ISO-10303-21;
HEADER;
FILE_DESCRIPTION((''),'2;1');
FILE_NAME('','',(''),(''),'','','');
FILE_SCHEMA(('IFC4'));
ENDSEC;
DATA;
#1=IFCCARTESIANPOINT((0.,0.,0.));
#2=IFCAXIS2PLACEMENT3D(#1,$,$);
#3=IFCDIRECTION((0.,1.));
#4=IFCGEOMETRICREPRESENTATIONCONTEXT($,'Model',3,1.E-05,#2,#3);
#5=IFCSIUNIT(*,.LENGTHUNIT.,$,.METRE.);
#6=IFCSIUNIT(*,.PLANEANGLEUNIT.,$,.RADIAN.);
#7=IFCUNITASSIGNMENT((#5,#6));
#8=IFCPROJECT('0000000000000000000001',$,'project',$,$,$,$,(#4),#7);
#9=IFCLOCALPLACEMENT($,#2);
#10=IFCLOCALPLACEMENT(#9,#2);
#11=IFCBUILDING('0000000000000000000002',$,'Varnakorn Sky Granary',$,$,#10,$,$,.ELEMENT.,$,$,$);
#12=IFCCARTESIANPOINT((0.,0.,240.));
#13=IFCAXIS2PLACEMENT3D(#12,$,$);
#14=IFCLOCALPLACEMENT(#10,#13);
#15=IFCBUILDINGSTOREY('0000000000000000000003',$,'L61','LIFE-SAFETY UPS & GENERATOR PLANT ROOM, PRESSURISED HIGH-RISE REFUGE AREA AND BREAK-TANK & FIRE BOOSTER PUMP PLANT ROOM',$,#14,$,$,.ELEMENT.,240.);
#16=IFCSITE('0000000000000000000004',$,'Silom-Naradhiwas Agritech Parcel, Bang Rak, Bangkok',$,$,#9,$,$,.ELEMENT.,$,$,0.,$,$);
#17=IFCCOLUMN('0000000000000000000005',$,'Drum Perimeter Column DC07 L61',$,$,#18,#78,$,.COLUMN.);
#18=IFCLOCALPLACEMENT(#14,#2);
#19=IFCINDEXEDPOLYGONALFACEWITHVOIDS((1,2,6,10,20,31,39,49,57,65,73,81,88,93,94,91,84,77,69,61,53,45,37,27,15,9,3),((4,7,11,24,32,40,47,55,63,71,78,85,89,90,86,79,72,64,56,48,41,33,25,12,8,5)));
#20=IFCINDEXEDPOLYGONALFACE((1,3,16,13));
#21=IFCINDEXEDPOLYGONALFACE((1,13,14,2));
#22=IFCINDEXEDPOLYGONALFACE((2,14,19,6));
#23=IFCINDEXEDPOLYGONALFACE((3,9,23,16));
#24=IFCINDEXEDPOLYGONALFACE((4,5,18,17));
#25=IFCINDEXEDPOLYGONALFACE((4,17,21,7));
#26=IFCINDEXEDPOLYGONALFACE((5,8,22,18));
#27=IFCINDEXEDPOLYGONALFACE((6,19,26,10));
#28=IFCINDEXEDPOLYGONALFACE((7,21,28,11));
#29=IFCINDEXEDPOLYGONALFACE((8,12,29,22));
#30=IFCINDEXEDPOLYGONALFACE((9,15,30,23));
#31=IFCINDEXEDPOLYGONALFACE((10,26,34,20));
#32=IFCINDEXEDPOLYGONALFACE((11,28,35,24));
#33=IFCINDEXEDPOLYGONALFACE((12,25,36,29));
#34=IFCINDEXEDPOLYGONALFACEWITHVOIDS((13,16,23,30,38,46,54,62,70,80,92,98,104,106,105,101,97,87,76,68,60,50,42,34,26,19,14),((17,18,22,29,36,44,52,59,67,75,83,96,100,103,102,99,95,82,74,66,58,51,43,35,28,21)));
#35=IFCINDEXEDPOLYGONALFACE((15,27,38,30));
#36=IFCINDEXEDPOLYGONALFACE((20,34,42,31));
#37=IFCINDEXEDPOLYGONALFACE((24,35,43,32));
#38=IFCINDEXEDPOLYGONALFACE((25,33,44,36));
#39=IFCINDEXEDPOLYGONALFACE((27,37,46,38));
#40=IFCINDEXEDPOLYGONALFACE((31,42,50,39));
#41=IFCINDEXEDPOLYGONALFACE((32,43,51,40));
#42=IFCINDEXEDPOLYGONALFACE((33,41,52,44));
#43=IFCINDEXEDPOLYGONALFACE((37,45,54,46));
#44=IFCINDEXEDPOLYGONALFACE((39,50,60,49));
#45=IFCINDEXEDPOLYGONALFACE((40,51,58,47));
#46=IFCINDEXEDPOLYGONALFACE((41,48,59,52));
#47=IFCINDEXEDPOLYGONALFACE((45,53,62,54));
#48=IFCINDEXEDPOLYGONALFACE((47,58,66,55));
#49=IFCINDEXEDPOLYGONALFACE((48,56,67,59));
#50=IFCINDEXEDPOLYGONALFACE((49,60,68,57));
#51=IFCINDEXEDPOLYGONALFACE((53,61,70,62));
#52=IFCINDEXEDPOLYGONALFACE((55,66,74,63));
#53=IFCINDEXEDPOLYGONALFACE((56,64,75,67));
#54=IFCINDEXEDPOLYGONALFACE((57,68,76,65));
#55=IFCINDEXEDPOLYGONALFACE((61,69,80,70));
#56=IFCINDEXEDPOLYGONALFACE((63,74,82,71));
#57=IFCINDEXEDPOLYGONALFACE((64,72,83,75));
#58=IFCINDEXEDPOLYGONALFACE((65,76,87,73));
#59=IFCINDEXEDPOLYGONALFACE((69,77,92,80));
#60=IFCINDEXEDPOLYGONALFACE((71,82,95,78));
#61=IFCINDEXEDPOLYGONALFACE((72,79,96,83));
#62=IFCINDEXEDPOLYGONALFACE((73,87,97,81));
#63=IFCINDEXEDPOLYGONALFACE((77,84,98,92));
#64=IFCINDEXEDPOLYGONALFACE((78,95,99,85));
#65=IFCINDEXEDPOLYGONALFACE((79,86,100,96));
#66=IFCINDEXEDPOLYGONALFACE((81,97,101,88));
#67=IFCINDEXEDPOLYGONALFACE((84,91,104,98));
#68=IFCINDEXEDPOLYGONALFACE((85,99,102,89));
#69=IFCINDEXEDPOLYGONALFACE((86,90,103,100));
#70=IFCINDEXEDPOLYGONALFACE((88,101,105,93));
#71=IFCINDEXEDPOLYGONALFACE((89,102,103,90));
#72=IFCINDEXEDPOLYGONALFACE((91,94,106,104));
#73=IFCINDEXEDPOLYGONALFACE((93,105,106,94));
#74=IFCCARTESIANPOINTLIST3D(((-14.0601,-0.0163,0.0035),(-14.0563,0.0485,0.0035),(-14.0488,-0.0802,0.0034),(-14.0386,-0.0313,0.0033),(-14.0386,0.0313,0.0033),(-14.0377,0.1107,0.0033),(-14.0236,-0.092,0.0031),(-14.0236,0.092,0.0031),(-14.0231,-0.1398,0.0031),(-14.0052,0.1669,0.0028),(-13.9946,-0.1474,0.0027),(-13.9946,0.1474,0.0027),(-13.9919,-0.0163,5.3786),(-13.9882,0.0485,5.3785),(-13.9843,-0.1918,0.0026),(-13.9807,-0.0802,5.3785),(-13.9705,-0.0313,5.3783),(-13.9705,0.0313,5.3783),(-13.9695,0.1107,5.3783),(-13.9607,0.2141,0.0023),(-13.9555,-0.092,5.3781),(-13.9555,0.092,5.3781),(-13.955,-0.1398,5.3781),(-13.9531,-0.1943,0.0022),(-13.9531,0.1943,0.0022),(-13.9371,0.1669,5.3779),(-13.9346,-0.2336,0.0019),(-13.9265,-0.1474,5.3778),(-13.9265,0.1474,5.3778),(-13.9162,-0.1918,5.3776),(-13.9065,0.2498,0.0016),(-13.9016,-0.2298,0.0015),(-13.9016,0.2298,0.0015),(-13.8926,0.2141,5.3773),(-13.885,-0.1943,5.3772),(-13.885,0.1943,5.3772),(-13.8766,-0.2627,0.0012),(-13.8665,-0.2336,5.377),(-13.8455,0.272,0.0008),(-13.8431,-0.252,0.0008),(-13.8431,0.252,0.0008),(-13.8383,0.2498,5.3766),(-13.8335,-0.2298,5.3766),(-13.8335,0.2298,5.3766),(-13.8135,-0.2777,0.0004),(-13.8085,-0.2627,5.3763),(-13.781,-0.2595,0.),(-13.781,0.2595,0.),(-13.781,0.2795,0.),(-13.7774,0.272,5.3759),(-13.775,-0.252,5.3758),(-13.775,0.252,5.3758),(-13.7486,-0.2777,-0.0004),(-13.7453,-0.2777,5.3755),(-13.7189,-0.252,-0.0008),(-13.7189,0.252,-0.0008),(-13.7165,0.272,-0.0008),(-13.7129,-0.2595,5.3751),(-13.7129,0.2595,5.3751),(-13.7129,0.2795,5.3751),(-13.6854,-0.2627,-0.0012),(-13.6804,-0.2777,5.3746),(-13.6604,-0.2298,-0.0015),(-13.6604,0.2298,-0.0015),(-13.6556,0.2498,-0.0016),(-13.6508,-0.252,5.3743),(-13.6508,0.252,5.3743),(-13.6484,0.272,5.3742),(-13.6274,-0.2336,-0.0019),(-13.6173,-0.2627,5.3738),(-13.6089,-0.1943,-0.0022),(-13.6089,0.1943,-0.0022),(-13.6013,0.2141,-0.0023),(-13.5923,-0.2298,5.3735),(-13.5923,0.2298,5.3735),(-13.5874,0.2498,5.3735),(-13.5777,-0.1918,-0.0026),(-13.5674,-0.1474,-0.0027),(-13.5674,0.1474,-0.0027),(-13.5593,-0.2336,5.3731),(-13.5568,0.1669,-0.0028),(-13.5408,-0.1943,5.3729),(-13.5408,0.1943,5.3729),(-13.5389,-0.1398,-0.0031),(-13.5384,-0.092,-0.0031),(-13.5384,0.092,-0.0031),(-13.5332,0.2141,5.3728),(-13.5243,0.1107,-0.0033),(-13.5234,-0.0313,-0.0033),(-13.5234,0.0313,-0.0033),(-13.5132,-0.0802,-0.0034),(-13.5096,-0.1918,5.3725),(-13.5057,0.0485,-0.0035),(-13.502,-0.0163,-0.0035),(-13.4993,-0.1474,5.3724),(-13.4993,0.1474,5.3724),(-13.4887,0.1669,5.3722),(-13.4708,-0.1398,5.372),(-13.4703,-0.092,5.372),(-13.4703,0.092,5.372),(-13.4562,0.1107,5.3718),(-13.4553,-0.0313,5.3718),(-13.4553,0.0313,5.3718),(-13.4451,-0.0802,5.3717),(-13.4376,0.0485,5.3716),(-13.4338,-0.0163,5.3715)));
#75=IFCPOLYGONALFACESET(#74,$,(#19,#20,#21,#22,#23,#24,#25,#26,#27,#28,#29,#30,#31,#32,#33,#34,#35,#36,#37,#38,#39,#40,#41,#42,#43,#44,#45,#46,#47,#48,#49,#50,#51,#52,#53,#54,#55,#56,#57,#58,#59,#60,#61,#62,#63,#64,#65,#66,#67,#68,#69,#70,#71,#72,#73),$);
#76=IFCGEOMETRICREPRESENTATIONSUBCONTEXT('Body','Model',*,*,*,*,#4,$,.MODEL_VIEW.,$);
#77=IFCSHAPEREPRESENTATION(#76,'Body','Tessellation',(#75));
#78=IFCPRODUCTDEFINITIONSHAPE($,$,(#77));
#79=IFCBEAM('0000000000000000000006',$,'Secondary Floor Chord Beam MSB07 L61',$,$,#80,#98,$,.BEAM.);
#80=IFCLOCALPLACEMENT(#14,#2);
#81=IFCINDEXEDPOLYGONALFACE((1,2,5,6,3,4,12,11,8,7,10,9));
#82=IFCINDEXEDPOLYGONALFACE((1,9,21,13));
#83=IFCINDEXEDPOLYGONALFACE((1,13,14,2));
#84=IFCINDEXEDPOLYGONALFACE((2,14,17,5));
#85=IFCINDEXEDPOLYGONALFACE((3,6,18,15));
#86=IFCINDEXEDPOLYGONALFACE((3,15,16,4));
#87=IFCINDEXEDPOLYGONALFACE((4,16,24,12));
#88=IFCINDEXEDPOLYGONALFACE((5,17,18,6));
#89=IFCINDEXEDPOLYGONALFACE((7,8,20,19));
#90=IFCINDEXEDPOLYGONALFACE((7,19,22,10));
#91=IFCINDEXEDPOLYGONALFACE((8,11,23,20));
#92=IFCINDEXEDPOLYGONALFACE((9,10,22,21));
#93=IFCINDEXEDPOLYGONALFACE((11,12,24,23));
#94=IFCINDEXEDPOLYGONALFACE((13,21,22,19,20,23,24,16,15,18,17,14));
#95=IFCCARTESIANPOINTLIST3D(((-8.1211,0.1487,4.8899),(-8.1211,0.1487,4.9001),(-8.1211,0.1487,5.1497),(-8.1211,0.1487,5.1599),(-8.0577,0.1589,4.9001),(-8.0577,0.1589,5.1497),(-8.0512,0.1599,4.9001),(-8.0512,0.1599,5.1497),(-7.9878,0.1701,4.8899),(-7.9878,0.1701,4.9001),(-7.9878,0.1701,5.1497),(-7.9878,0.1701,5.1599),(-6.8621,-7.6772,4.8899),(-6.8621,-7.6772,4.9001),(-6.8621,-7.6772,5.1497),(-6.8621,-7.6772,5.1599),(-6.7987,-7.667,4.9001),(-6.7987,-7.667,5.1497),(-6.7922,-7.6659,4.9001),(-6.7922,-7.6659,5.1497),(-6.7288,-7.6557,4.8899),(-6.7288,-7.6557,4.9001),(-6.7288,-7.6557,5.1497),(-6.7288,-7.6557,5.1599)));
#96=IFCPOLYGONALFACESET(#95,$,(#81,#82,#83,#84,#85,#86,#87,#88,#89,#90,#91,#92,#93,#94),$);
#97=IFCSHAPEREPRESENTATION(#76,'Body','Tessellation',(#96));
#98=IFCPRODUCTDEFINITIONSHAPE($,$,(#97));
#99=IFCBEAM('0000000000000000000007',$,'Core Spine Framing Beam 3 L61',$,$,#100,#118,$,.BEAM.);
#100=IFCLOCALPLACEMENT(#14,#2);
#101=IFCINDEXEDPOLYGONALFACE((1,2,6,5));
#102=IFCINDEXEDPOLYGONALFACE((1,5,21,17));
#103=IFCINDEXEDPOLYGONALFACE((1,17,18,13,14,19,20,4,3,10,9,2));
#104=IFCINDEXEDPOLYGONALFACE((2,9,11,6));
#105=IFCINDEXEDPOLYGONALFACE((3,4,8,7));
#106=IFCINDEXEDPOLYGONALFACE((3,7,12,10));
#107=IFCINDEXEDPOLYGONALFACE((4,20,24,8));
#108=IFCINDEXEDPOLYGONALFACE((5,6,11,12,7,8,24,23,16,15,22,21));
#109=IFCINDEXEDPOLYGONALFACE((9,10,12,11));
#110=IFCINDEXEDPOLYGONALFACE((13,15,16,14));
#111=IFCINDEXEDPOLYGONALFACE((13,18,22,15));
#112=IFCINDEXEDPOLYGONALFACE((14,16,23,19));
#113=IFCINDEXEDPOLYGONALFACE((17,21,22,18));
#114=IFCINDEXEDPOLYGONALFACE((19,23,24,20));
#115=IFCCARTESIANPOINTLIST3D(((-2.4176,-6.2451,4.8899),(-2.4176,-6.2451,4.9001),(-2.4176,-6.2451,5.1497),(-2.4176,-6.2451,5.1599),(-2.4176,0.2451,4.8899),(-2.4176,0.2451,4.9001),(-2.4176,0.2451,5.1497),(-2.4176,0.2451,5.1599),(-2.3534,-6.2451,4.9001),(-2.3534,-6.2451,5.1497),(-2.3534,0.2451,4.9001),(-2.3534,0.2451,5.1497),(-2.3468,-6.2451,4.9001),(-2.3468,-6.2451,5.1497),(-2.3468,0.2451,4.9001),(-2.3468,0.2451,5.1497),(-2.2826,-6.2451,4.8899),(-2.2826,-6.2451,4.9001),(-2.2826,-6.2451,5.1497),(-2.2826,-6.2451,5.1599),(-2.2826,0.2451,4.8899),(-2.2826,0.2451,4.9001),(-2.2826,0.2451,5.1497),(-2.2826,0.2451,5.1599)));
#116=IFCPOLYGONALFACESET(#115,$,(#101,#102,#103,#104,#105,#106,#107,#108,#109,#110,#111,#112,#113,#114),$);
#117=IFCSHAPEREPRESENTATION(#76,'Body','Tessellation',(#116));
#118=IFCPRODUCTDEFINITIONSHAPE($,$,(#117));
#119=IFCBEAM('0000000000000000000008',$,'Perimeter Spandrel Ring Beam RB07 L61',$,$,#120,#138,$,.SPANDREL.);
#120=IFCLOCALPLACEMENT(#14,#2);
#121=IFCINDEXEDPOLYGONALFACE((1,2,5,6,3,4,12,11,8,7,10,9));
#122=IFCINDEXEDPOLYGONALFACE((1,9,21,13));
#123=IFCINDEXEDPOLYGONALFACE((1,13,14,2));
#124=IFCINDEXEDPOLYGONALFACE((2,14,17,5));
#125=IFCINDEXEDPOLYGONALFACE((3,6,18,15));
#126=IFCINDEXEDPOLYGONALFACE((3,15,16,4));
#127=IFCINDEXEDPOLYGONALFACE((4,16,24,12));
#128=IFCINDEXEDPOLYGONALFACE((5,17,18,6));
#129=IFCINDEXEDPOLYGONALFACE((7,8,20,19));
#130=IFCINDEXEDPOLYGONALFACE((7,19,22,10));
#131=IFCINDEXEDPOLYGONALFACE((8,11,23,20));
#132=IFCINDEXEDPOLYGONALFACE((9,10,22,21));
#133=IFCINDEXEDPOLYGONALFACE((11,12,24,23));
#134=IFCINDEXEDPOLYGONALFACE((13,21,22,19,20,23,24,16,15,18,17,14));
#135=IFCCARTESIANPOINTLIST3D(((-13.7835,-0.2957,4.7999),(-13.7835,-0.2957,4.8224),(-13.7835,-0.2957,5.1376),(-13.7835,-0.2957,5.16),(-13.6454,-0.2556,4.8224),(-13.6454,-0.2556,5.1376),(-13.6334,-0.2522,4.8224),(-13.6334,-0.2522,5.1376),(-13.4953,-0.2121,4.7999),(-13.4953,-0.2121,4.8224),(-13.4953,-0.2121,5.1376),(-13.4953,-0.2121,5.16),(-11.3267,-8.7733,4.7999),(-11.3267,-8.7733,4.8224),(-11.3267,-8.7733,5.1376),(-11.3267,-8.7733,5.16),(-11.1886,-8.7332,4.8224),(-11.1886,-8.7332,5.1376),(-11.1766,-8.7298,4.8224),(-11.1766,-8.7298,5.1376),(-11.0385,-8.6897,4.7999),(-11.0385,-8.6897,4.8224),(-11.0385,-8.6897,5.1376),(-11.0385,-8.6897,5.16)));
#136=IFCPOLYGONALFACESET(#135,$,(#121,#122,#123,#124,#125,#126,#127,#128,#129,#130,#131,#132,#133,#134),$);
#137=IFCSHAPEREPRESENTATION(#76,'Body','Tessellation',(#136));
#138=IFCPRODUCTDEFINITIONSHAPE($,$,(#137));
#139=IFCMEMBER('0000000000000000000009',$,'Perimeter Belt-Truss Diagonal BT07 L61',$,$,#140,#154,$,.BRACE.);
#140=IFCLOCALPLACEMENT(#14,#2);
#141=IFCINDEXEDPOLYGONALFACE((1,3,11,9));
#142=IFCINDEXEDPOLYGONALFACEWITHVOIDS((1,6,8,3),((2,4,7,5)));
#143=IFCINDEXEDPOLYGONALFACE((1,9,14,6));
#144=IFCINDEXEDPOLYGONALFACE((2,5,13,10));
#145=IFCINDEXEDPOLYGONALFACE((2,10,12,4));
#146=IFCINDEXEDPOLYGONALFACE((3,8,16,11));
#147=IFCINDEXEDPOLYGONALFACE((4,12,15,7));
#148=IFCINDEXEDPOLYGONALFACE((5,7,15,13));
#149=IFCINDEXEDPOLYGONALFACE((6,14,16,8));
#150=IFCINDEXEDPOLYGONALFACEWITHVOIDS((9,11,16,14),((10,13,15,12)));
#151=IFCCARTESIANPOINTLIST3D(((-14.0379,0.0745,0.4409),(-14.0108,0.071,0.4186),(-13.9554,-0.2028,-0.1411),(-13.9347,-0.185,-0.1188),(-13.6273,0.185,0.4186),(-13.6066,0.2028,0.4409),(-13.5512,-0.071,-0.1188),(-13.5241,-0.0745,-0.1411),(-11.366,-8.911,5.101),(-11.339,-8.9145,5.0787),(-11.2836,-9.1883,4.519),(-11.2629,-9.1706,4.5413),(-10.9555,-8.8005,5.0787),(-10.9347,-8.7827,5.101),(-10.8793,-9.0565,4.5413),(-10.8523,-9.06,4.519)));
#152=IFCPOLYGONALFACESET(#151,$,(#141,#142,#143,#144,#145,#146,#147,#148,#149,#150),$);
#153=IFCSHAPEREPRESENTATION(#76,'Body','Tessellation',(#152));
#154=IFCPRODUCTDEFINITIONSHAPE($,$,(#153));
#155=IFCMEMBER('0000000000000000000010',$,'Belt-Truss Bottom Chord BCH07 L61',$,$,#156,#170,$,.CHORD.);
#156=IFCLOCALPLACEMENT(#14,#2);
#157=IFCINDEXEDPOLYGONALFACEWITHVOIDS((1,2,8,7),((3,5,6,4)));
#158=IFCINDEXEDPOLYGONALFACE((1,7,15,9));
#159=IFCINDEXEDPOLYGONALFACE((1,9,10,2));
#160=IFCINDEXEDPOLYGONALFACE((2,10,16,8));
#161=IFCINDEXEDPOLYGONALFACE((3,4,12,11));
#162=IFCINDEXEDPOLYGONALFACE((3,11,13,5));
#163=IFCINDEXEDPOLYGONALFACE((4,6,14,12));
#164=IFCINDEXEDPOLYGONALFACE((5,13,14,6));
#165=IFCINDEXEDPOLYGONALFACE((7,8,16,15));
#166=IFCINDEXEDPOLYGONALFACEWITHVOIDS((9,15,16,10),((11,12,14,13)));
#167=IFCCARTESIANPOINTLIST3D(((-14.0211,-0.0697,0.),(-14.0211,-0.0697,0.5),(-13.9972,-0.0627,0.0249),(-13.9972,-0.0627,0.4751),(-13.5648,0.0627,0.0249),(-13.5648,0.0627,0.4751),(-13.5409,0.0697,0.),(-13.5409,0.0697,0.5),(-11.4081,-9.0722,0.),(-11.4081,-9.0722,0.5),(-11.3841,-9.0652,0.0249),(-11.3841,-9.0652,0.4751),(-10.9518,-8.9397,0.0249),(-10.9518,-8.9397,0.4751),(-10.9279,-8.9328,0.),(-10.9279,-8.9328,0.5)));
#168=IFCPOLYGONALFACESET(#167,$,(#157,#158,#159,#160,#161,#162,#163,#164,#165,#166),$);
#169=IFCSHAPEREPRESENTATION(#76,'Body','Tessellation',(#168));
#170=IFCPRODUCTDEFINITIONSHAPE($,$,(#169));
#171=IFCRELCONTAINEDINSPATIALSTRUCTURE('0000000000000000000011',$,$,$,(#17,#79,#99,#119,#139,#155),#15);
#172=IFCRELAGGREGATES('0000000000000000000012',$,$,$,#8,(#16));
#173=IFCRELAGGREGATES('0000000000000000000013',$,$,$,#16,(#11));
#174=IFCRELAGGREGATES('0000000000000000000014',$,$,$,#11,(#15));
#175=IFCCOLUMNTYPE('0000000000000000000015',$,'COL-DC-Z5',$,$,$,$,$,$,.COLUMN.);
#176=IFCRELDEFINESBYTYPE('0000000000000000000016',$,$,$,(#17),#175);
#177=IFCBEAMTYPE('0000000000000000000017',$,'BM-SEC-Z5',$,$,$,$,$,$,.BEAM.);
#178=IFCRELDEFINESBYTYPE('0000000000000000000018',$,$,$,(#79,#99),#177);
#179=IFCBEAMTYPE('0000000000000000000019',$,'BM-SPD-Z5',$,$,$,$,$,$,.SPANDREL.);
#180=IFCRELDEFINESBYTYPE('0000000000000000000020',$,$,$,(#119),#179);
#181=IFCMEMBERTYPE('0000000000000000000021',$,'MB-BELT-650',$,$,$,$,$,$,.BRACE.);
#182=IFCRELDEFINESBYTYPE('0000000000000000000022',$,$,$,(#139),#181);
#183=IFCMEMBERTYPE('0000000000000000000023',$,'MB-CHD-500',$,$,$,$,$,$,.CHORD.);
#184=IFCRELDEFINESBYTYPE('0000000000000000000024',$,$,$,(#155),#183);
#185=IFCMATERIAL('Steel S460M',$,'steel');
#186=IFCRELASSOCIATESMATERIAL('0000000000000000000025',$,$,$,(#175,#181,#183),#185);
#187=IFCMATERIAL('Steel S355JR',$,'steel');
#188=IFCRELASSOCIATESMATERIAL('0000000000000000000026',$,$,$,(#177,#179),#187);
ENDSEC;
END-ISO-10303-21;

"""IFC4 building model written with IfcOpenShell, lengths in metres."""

from ifc_helpers import new_model, si_unit, direction, frame, origin, origin_2d, place, context, subcontext, project, spatial, hollow_rectangle, hollow_circle, i_section, extrude, material, material_profile, profile_set, type_object, element, save


model = new_model("IFC4")

# Units and contexts
model_context = context("Model", 3, precision=1e-05, world=origin(), true_north=direction((0.0, 1.0)))
body_context = subcontext(model_context, "Body", "Model", "MODEL_VIEW")
ifc_project = project(units=[si_unit("LENGTHUNIT", "METRE"), si_unit("PLANEANGLEUNIT", "RADIAN")], contexts=[model_context])

# Site, building, storey
site_placement = place(None, origin())
site = spatial("IfcSite", under=ifc_project, at=site_placement, Name="Silom-Naradhiwas Agritech Parcel, Bang Rak, Bangkok", CompositionType="ELEMENT", RefElevation=0.0)
building_placement = place(site_placement, origin())
building = spatial("IfcBuilding", under=site, at=building_placement, Name="Varnakorn Sky Granary", CompositionType="ELEMENT")
storey_placement = place(building_placement, frame((0.0, 0.0, 240.0)))
storey = spatial("IfcBuildingStorey", under=building, at=storey_placement, Name="L61", Description="LIFE-SAFETY UPS & GENERATOR PLANT ROOM, PRESSURISED HIGH-RISE REFUGE AREA AND BREAK-TANK & FIRE BOOSTER PUMP PLANT ROOM", CompositionType="ELEMENT", Elevation=240.0)

# Column
ifc_material_1 = material(Name="Steel S460M", Category="steel")
ifc_material_profile_1 = material_profile(ifc_material_1, hollow_circle(Radius=0.2795, WallThickness=0.02, at=origin_2d()), Name="CHS 559x20")
ifc_profile_set_1 = profile_set([ifc_material_profile_1], Name="Steel S460M")
column_type = type_object("IfcColumnType", Name="COL-DC-Z5", PredefinedType="COLUMN", material=ifc_profile_set_1)
column_placement = place(storey_placement, frame((-13.781, 0.0, 0.0), z_axis=(0.012672, 0.0, 0.99992), x_axis=(0.0, 1.0, 0.0)))
element("IfcColumn", 1, at=column_placement, inside=storey, type_object=column_type, Name="Drum Perimeter Column DC07 L61", PredefinedType="COLUMN", context=body_context, shape_type="SweptSolid", body=[
    extrude(hollow_circle(Radius=0.2795, WallThickness=0.02, at=origin_2d()), origin(), (0.0, 0.0, 1.0), 5.3755),
])

# Beams
ifc_material_2 = material(Name="Steel S355JR", Category="steel")
ifc_material_profile_2 = material_profile(ifc_material_2, i_section(OverallWidth=0.135, OverallDepth=0.27, WebThickness=0.0066, FlangeThickness=0.0103, at=origin_2d()), Name="IPE 270")
ifc_profile_set_2 = profile_set([ifc_material_profile_2], Name="Steel S355JR")
beam_type_1 = type_object("IfcBeamType", Name="BM-SEC-Z5", PredefinedType="BEAM", material=ifc_profile_set_2)
beam_1_placement = place(storey_placement, frame((-8.0544, 0.1594, 5.0249), z_axis=(0.158837, -0.987305, 0.0), x_axis=(0.987305, 0.158837, 0.0)))
element("IfcBeam", 2, at=beam_1_placement, inside=storey, type_object=beam_type_1, Name="Secondary Floor Chord Beam MSB07 L61", PredefinedType="BEAM", context=body_context, shape_type="SweptSolid", body=[
    extrude(i_section(OverallWidth=0.135, OverallDepth=0.27, WebThickness=0.0066, FlangeThickness=0.0103, at=origin_2d()), origin(), (0.0, 0.0, 1.0), 7.9265),
])
beam_2_placement = place(storey_placement, frame((-2.3501, 0.2451, 5.0249), z_axis=(0.0, -1.0, 0.0), x_axis=(1.0, 0.0, 0.0)))
element("IfcBeam", 3, at=beam_2_placement, inside=storey, type_object=beam_type_1, Name="Core Spine Framing Beam 3 L61", PredefinedType="BEAM", context=body_context, shape_type="SweptSolid", body=[
    extrude(i_section(OverallWidth=0.135, OverallDepth=0.27, WebThickness=0.0066, FlangeThickness=0.0103, at=origin_2d()), origin(), (0.0, 0.0, 1.0), 6.4902),
])
ifc_material_profile_3 = material_profile(ifc_material_2, i_section(OverallWidth=0.3, OverallDepth=0.3601, WebThickness=0.0125, FlangeThickness=0.0225, at=origin_2d()), Name="HE 360 B")
ifc_profile_set_3 = profile_set([ifc_material_profile_3], Name="Steel S355JR")
beam_type_2 = type_object("IfcBeamType", Name="BM-SPD-Z5", PredefinedType="SPANDREL", material=ifc_profile_set_3)
beam_3_placement = place(storey_placement, frame((-13.6394, -0.2539, 4.98), z_axis=(0.278347, -0.960481, 0.0), x_axis=(0.960481, 0.278347, 0.0)))
element("IfcBeam", 4, at=beam_3_placement, inside=storey, type_object=beam_type_2, Name="Perimeter Spandrel Ring Beam RB07 L61", PredefinedType="SPANDREL", context=body_context, shape_type="SweptSolid", body=[
    extrude(i_section(OverallWidth=0.3, OverallDepth=0.3601, WebThickness=0.0125, FlangeThickness=0.0225, at=origin_2d()), origin(), (0.0, 0.0, 1.0), 8.8264),
])

# Members
ifc_material_profile_4 = material_profile(ifc_material_1, hollow_rectangle(XDim=0.45, YDim=0.6499, WallThickness=0.0249, at=origin_2d()), Name="RHS 450x650x25")
ifc_profile_set_4 = profile_set([ifc_material_profile_4], Name="Steel S460M")
member_type_1 = type_object("IfcMemberType", Name="MB-BELT-650", PredefinedType="BRACE", material=ifc_profile_set_4)
member_1_placement = place(storey_placement, frame((-13.781, 0.0, 0.1499), z_axis=(0.255221, -0.858317, 0.445145), x_axis=(0.958522, 0.285017, 0.0)))
element("IfcMember", 5, at=member_1_placement, inside=storey, type_object=member_type_1, Name="Perimeter Belt-Truss Diagonal BT07 L61", PredefinedType="BRACE", context=body_context, shape_type="SweptSolid", body=[
    extrude(hollow_rectangle(XDim=0.45, YDim=0.6499, WallThickness=0.0249, at=origin_2d()), origin(), (0.0, 0.0, 1.0), 10.4688),
])
ifc_material_profile_5 = material_profile(ifc_material_1, hollow_rectangle(XDim=0.5, YDim=0.5, WallThickness=0.0249, at=origin_2d()), Name="SHS 500x500x25")
ifc_profile_set_5 = profile_set([ifc_material_profile_5], Name="Steel S460M")
member_type_2 = type_object("IfcMemberType", Name="MB-CHD-500", PredefinedType="CHORD", material=ifc_profile_set_5)
member_2_placement = place(storey_placement, frame((-13.781, 0.0, 0.25), z_axis=(0.278754, -0.960363, 0.0), x_axis=(0.960363, 0.278754, 0.0)))
element("IfcMember", 6, at=member_2_placement, inside=storey, type_object=member_type_2, Name="Belt-Truss Bottom Chord BCH07 L61", PredefinedType="CHORD", context=body_context, shape_type="SweptSolid", body=[
    extrude(hollow_rectangle(XDim=0.5, YDim=0.5, WallThickness=0.0249, at=origin_2d()), origin(), (0.0, 0.0, 1.0), 9.374),
])

save(model, "model.ifc")
